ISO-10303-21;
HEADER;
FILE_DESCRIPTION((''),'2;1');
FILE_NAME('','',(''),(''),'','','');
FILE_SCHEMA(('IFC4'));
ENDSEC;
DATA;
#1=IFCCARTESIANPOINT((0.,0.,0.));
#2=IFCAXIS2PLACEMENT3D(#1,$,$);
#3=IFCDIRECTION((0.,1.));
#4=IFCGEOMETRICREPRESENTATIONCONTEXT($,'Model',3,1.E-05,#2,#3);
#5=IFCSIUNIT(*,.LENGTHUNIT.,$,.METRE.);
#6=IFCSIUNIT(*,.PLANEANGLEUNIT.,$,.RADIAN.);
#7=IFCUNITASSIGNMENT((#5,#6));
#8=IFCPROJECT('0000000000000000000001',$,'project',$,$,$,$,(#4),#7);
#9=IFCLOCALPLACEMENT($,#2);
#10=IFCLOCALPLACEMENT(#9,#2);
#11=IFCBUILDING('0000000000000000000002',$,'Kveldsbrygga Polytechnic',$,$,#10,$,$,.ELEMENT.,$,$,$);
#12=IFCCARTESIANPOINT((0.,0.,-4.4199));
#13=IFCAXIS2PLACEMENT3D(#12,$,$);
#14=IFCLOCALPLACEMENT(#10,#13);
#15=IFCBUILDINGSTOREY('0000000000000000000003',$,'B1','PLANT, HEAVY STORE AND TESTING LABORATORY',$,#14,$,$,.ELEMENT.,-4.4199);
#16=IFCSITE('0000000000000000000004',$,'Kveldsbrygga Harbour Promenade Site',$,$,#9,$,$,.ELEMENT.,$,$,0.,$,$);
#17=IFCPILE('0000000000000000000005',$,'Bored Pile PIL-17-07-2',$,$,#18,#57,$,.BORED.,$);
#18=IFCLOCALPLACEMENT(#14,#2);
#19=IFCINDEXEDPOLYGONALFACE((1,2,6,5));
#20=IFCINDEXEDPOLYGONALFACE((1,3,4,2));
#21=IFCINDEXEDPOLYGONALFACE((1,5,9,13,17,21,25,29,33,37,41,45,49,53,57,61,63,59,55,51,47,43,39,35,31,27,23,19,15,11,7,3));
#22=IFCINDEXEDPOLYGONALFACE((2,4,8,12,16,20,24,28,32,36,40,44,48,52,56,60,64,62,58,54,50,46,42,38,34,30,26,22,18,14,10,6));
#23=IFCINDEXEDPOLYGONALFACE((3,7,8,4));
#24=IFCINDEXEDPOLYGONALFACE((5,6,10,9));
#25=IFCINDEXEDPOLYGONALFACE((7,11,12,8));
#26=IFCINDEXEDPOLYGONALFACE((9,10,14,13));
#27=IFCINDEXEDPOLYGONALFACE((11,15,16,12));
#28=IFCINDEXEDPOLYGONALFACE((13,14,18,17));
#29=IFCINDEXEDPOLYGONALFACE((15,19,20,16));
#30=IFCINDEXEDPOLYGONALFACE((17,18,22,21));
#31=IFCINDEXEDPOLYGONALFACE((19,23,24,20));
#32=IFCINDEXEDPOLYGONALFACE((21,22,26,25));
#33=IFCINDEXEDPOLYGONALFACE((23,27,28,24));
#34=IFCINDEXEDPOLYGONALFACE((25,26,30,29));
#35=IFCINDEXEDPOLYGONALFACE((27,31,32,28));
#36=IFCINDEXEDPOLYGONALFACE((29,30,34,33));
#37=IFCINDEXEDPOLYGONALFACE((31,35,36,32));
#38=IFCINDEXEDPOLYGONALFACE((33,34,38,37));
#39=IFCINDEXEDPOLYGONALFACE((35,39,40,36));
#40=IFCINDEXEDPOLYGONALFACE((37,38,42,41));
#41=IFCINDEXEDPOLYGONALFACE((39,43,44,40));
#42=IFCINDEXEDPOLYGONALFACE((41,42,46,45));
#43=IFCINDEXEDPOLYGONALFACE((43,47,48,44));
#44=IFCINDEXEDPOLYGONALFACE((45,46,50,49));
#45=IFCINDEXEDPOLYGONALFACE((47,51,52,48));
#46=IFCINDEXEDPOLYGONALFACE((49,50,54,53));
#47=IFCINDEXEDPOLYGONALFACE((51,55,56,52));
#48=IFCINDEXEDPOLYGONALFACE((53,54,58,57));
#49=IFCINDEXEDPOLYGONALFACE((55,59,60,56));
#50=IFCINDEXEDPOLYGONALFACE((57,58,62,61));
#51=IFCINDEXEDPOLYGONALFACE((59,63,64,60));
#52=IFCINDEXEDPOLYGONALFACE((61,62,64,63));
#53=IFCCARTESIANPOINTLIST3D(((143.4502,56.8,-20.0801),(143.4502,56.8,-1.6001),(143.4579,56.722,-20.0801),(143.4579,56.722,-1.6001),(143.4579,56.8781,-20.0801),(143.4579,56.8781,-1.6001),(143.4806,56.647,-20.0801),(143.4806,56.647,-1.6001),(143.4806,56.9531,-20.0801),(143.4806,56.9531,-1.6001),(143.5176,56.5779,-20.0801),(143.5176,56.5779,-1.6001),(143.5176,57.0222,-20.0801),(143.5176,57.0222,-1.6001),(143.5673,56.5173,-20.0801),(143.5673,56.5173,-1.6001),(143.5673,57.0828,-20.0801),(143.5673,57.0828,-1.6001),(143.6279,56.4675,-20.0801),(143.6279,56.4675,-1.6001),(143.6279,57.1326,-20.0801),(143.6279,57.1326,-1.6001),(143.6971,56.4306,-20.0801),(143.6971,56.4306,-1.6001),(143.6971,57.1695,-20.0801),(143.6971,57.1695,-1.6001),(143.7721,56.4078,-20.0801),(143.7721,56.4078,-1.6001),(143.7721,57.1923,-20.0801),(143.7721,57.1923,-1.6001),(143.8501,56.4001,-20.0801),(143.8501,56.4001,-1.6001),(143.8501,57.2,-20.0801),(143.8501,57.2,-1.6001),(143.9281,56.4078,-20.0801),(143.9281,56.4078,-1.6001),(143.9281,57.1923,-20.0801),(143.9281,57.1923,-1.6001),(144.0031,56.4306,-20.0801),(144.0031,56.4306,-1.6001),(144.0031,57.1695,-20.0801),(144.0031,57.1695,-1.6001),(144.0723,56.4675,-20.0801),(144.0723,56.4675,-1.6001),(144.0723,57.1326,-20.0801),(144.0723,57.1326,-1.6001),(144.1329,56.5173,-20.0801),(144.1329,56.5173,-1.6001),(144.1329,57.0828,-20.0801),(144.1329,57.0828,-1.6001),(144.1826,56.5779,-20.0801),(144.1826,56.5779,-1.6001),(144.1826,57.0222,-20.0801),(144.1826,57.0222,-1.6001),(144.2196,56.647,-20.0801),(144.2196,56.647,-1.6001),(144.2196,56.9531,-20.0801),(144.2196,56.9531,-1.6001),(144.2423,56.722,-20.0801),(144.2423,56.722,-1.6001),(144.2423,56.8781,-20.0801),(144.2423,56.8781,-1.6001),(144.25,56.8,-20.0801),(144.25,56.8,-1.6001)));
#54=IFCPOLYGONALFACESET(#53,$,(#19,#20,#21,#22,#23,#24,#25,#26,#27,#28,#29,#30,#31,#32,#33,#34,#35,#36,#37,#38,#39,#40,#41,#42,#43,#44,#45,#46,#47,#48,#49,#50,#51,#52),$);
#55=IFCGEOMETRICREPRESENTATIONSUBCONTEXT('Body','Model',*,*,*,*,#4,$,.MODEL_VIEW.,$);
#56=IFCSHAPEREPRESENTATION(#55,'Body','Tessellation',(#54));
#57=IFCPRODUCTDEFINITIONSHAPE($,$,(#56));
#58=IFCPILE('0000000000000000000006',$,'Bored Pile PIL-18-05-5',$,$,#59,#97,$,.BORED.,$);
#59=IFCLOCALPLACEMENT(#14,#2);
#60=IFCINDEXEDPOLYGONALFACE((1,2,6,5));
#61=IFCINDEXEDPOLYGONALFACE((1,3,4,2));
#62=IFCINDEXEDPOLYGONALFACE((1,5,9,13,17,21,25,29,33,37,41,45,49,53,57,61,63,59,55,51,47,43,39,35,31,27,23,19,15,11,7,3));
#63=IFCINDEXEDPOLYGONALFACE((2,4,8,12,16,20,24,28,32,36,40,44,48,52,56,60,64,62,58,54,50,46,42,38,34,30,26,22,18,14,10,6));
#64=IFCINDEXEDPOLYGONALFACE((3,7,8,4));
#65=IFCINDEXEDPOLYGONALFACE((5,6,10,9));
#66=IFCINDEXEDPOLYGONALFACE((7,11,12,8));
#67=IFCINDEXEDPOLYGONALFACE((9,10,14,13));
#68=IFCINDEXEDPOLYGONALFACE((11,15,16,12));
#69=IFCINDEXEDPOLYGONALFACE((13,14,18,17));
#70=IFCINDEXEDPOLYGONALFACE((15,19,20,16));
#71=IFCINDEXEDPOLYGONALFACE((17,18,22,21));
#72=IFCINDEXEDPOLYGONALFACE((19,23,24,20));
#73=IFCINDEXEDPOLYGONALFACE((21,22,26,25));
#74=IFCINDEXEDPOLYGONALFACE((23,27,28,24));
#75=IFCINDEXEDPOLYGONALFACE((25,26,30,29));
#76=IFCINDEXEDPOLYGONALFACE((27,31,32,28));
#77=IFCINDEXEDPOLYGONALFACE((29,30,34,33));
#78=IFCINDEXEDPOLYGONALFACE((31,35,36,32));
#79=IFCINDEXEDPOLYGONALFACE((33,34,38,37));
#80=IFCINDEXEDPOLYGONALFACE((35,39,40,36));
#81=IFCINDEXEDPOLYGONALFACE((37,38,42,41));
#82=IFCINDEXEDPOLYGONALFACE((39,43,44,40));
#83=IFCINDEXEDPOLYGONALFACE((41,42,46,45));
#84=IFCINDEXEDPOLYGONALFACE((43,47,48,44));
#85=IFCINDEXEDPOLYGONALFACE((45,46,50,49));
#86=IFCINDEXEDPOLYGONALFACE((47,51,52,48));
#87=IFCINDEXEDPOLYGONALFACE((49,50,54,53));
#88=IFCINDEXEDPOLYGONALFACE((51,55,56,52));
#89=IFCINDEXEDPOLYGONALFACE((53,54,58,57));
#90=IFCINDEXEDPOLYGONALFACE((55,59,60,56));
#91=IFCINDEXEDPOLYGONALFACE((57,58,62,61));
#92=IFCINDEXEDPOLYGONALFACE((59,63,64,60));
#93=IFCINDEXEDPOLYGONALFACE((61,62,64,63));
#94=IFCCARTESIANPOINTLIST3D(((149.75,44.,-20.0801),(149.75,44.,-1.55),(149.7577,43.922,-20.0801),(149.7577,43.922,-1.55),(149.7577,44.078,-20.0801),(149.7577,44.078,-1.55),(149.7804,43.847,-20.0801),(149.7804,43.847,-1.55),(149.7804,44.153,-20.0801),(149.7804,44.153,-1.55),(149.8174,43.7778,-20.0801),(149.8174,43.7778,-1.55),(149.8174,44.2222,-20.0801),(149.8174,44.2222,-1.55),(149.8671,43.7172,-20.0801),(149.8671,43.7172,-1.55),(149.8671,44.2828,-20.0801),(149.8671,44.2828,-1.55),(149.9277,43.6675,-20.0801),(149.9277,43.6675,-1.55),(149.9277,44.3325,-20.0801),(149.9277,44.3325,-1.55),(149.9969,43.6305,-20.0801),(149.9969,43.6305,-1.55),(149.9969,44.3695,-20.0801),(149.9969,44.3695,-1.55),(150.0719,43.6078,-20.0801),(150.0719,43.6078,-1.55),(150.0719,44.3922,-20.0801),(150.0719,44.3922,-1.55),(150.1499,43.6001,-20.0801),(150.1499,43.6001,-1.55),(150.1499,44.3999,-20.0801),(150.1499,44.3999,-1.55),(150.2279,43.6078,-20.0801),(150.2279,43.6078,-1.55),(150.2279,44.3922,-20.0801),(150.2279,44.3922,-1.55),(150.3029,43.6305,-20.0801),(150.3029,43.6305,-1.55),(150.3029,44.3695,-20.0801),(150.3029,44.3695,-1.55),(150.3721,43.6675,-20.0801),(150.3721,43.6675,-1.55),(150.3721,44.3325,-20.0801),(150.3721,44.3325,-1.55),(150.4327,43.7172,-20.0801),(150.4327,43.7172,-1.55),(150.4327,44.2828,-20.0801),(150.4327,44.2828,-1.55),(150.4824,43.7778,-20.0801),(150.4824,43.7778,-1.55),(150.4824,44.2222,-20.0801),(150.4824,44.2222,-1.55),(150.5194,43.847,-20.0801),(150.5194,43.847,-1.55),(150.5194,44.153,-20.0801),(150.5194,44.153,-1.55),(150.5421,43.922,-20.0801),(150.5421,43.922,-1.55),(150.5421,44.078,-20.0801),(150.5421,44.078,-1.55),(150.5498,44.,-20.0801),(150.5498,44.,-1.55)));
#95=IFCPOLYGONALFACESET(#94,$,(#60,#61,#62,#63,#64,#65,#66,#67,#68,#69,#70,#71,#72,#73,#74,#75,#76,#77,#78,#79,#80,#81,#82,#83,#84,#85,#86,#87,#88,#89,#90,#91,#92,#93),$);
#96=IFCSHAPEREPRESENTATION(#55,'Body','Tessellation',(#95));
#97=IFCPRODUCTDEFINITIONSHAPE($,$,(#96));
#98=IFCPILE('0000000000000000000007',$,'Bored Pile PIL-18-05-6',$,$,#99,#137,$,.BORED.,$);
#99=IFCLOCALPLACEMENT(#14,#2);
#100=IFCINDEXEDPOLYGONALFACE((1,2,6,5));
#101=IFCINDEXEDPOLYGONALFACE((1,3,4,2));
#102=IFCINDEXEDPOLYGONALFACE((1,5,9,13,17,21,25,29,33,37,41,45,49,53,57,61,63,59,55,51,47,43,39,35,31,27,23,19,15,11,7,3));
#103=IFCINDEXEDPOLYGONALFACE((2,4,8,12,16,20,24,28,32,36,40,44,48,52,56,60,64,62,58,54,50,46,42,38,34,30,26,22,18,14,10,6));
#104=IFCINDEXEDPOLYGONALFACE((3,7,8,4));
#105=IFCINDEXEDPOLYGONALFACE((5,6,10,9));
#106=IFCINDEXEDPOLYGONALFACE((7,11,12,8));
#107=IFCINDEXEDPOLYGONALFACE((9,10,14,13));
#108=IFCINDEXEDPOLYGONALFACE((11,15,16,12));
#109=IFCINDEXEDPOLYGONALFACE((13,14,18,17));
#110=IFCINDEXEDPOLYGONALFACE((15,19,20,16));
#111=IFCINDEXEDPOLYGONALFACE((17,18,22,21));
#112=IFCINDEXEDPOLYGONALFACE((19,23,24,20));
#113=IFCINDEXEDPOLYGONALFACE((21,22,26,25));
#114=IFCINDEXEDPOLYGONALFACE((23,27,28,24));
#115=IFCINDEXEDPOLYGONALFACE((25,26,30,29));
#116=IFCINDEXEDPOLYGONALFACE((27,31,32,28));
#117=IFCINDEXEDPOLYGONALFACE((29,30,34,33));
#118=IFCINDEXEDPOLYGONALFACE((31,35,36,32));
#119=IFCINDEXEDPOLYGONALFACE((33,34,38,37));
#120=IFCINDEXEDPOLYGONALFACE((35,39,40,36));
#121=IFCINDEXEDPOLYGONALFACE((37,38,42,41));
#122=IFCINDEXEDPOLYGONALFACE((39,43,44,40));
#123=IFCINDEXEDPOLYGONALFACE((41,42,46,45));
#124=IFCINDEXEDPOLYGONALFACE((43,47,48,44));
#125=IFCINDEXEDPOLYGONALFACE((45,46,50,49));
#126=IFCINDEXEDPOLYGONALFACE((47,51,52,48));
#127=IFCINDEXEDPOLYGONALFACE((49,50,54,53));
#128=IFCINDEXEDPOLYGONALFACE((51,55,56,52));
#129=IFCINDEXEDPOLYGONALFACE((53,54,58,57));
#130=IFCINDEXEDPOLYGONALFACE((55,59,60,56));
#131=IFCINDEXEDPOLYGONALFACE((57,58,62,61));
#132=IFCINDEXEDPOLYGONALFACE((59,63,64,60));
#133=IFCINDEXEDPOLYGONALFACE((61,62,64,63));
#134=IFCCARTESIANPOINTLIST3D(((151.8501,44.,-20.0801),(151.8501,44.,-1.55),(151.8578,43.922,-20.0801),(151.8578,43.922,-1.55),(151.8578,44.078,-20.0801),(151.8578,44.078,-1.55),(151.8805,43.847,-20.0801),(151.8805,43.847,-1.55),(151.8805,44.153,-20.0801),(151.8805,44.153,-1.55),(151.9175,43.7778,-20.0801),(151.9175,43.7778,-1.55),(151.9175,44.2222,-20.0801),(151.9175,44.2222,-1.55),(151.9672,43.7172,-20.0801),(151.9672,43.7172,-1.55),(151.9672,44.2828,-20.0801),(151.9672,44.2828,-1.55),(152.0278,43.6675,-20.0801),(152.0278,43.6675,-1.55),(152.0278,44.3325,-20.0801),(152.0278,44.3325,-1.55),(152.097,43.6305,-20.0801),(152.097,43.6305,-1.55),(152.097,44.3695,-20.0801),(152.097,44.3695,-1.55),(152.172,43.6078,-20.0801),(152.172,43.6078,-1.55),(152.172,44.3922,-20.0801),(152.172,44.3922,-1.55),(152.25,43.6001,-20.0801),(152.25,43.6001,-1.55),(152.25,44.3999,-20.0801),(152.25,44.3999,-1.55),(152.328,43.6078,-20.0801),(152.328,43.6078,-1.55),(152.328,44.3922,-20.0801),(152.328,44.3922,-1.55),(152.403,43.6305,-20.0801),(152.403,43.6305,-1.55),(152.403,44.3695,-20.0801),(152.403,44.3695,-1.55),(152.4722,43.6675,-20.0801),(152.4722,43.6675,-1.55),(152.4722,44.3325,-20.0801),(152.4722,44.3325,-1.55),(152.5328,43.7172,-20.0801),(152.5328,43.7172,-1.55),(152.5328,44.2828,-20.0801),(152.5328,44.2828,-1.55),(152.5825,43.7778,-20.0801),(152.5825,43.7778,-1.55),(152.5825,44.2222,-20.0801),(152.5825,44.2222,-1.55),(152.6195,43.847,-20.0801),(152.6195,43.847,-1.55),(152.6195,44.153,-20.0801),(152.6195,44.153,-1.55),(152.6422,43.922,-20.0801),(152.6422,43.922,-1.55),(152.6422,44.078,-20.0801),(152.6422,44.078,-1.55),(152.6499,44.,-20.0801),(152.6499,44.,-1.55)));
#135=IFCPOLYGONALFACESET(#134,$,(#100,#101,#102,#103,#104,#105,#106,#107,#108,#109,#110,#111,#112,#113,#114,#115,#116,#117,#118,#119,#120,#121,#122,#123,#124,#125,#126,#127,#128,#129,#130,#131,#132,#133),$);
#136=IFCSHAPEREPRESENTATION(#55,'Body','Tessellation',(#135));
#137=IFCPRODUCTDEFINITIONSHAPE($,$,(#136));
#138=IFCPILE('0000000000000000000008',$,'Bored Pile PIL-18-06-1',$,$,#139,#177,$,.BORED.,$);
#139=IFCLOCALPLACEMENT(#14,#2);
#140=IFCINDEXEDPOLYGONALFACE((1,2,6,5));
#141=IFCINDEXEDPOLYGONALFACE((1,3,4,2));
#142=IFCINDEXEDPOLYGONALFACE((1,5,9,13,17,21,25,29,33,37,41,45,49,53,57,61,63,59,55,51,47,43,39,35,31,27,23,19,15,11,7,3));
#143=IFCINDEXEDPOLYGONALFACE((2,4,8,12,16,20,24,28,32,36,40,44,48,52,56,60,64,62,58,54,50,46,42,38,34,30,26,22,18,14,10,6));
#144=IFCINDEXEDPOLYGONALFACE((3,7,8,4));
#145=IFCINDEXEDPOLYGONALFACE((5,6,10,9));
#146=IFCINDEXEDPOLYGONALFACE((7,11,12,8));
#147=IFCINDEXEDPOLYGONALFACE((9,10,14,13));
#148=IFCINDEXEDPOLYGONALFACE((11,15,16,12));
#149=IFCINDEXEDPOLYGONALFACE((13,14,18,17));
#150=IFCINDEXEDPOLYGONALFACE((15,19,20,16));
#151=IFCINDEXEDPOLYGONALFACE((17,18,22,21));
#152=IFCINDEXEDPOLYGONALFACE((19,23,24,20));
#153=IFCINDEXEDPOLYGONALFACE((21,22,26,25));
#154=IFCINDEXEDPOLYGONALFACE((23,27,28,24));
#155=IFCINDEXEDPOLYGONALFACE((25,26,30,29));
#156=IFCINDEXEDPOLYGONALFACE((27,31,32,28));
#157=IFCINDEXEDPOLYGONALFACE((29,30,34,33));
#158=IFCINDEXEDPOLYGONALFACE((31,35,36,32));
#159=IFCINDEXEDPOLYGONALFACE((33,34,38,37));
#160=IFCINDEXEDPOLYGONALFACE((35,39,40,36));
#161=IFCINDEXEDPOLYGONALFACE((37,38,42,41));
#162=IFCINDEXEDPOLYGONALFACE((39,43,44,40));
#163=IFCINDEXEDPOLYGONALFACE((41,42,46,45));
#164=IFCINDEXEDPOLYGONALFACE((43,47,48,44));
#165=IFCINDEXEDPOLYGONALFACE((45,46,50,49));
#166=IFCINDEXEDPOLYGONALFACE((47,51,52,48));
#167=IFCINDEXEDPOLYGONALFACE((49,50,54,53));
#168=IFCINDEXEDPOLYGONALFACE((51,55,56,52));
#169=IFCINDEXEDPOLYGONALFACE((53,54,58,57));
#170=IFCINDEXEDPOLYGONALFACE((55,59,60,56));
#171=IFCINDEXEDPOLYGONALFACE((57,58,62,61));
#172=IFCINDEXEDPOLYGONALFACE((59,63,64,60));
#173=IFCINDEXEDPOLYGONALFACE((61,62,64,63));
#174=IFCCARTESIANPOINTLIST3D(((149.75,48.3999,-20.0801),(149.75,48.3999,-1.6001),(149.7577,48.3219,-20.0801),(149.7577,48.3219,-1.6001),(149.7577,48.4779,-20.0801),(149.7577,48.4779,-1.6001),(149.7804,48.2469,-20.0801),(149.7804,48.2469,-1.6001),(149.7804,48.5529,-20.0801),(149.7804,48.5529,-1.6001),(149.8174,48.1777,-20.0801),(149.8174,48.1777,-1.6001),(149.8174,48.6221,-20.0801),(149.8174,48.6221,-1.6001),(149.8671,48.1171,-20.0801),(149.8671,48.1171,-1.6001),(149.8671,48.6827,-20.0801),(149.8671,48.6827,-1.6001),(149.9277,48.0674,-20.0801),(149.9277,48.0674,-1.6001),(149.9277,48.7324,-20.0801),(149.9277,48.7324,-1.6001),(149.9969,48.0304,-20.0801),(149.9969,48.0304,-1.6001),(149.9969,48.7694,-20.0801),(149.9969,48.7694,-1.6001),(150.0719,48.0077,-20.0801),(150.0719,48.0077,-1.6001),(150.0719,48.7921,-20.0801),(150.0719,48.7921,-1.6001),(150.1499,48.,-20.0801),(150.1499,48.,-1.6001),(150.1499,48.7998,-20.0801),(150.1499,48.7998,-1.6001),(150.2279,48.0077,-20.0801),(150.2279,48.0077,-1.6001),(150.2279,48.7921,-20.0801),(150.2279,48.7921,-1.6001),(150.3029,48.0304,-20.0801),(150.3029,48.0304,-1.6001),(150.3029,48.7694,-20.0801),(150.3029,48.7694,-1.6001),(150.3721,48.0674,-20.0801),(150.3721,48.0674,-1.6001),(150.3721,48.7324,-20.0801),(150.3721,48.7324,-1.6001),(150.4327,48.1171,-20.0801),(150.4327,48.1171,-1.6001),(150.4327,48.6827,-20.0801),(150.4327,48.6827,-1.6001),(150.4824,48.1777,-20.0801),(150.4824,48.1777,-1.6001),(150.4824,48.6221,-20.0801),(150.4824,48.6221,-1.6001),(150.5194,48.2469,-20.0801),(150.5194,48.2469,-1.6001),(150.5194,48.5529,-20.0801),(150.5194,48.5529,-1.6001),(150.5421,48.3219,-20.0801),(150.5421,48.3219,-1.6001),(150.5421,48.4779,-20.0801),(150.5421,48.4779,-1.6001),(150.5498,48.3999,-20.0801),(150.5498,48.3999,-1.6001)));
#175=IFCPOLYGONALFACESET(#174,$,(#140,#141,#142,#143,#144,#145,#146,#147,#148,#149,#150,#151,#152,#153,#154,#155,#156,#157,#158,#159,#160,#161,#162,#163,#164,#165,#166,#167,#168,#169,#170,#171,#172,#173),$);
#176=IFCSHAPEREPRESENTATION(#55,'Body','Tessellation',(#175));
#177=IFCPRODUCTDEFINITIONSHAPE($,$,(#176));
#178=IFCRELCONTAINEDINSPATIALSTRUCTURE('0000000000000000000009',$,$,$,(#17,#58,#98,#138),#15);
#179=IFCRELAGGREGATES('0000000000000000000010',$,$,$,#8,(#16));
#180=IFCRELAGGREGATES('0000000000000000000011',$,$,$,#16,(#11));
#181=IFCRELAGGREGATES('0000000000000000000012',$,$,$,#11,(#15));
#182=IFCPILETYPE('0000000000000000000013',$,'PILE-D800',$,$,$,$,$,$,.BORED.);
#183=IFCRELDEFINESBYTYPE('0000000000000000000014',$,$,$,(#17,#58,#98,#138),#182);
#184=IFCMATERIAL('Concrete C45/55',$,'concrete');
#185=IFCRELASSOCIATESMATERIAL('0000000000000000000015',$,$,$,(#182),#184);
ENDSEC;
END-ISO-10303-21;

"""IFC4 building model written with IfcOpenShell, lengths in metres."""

from ifc_helpers import new_model, si_unit, direction, frame, origin, origin_2d, place, context, subcontext, project, spatial, circle, extrude, material, material_profile, profile_set, type_object, element, save


model = new_model("IFC4")

# Units and contexts
model_context = context("Model", 3, precision=1e-05, world=origin(), true_north=direction((0.0, 1.0)))
body_context = subcontext(model_context, "Body", "Model", "MODEL_VIEW")
ifc_project = project(units=[si_unit("LENGTHUNIT", "METRE"), si_unit("PLANEANGLEUNIT", "RADIAN")], contexts=[model_context])

# Site, building, storey
site_placement = place(None, origin())
site = spatial("IfcSite", under=ifc_project, at=site_placement, Name="Kveldsbrygga Harbour Promenade Site", CompositionType="ELEMENT", RefElevation=0.0)
building_placement = place(site_placement, origin())
building = spatial("IfcBuilding", under=site, at=building_placement, Name="Kveldsbrygga Polytechnic", CompositionType="ELEMENT")
storey_placement = place(building_placement, frame((0.0, 0.0, -4.4199)))
storey = spatial("IfcBuildingStorey", under=building, at=storey_placement, Name="B1", Description="PLANT, HEAVY STORE AND TESTING LABORATORY", CompositionType="ELEMENT", Elevation=-4.4199)

# Shared definitions
ifc_material_1 = material(Name="Concrete C45/55", Category="concrete")

# Piles
ifc_material_profile_1 = material_profile(ifc_material_1, circle(Radius=0.3999, at=origin_2d()), Name="PILE D800")
ifc_profile_set_1 = profile_set([ifc_material_profile_1], Name="Concrete C45/55")
pile_type = type_object("IfcPileType", Name="PILE-D800", PredefinedType="BORED", material=ifc_profile_set_1)
pile_1_placement = place(storey_placement, frame((143.8501, 56.8, -1.6001), z_axis=(0.0, 0.0, -1.0), x_axis=(1.0, 0.0, 0.0)))
element("IfcPile", 1, at=pile_1_placement, inside=storey, type_object=pile_type, Name="Bored Pile PIL-17-07-2", PredefinedType="BORED", context=body_context, shape_type="SweptSolid", body=[
    extrude(circle(Radius=0.3999, at=origin_2d()), origin(), (0.0, 0.0, 1.0), 18.48),
])
for number, where, z_axis, x_axis, name in (
    (2, (150.1499, 44.0, -1.55), (0.0, 0.0, -1.0), (1.0, 0.0, 0.0), "Bored Pile PIL-18-05-5"),
    (3, (152.25, 44.0, -1.55), (0.0, 0.0, -1.0), (1.0, 0.0, 0.0), "Bored Pile PIL-18-05-6"),
):
    element("IfcPile", number, at=place(storey_placement, frame(where, z_axis=z_axis, x_axis=x_axis)), inside=storey, type_object=pile_type, Name=name, PredefinedType="BORED", context=body_context, shape_type="SweptSolid", body=[
        extrude(circle(Radius=0.3999, at=origin_2d()), origin(), (0.0, 0.0, 1.0), 18.53),
    ])
for number, where, z_axis, x_axis, name in (
    (4, (150.1499, 48.3999, -1.6001), (0.0, 0.0, -1.0), (1.0, 0.0, 0.0), "Bored Pile PIL-18-06-1"),
):
    element("IfcPile", number, at=place(storey_placement, frame(where, z_axis=z_axis, x_axis=x_axis)), inside=storey, type_object=pile_type, Name=name, PredefinedType="BORED", context=body_context, shape_type="SweptSolid", body=[
        extrude(circle(Radius=0.3999, at=origin_2d()), origin(), (0.0, 0.0, 1.0), 18.48),
    ])

save(model, "model.ifc")
